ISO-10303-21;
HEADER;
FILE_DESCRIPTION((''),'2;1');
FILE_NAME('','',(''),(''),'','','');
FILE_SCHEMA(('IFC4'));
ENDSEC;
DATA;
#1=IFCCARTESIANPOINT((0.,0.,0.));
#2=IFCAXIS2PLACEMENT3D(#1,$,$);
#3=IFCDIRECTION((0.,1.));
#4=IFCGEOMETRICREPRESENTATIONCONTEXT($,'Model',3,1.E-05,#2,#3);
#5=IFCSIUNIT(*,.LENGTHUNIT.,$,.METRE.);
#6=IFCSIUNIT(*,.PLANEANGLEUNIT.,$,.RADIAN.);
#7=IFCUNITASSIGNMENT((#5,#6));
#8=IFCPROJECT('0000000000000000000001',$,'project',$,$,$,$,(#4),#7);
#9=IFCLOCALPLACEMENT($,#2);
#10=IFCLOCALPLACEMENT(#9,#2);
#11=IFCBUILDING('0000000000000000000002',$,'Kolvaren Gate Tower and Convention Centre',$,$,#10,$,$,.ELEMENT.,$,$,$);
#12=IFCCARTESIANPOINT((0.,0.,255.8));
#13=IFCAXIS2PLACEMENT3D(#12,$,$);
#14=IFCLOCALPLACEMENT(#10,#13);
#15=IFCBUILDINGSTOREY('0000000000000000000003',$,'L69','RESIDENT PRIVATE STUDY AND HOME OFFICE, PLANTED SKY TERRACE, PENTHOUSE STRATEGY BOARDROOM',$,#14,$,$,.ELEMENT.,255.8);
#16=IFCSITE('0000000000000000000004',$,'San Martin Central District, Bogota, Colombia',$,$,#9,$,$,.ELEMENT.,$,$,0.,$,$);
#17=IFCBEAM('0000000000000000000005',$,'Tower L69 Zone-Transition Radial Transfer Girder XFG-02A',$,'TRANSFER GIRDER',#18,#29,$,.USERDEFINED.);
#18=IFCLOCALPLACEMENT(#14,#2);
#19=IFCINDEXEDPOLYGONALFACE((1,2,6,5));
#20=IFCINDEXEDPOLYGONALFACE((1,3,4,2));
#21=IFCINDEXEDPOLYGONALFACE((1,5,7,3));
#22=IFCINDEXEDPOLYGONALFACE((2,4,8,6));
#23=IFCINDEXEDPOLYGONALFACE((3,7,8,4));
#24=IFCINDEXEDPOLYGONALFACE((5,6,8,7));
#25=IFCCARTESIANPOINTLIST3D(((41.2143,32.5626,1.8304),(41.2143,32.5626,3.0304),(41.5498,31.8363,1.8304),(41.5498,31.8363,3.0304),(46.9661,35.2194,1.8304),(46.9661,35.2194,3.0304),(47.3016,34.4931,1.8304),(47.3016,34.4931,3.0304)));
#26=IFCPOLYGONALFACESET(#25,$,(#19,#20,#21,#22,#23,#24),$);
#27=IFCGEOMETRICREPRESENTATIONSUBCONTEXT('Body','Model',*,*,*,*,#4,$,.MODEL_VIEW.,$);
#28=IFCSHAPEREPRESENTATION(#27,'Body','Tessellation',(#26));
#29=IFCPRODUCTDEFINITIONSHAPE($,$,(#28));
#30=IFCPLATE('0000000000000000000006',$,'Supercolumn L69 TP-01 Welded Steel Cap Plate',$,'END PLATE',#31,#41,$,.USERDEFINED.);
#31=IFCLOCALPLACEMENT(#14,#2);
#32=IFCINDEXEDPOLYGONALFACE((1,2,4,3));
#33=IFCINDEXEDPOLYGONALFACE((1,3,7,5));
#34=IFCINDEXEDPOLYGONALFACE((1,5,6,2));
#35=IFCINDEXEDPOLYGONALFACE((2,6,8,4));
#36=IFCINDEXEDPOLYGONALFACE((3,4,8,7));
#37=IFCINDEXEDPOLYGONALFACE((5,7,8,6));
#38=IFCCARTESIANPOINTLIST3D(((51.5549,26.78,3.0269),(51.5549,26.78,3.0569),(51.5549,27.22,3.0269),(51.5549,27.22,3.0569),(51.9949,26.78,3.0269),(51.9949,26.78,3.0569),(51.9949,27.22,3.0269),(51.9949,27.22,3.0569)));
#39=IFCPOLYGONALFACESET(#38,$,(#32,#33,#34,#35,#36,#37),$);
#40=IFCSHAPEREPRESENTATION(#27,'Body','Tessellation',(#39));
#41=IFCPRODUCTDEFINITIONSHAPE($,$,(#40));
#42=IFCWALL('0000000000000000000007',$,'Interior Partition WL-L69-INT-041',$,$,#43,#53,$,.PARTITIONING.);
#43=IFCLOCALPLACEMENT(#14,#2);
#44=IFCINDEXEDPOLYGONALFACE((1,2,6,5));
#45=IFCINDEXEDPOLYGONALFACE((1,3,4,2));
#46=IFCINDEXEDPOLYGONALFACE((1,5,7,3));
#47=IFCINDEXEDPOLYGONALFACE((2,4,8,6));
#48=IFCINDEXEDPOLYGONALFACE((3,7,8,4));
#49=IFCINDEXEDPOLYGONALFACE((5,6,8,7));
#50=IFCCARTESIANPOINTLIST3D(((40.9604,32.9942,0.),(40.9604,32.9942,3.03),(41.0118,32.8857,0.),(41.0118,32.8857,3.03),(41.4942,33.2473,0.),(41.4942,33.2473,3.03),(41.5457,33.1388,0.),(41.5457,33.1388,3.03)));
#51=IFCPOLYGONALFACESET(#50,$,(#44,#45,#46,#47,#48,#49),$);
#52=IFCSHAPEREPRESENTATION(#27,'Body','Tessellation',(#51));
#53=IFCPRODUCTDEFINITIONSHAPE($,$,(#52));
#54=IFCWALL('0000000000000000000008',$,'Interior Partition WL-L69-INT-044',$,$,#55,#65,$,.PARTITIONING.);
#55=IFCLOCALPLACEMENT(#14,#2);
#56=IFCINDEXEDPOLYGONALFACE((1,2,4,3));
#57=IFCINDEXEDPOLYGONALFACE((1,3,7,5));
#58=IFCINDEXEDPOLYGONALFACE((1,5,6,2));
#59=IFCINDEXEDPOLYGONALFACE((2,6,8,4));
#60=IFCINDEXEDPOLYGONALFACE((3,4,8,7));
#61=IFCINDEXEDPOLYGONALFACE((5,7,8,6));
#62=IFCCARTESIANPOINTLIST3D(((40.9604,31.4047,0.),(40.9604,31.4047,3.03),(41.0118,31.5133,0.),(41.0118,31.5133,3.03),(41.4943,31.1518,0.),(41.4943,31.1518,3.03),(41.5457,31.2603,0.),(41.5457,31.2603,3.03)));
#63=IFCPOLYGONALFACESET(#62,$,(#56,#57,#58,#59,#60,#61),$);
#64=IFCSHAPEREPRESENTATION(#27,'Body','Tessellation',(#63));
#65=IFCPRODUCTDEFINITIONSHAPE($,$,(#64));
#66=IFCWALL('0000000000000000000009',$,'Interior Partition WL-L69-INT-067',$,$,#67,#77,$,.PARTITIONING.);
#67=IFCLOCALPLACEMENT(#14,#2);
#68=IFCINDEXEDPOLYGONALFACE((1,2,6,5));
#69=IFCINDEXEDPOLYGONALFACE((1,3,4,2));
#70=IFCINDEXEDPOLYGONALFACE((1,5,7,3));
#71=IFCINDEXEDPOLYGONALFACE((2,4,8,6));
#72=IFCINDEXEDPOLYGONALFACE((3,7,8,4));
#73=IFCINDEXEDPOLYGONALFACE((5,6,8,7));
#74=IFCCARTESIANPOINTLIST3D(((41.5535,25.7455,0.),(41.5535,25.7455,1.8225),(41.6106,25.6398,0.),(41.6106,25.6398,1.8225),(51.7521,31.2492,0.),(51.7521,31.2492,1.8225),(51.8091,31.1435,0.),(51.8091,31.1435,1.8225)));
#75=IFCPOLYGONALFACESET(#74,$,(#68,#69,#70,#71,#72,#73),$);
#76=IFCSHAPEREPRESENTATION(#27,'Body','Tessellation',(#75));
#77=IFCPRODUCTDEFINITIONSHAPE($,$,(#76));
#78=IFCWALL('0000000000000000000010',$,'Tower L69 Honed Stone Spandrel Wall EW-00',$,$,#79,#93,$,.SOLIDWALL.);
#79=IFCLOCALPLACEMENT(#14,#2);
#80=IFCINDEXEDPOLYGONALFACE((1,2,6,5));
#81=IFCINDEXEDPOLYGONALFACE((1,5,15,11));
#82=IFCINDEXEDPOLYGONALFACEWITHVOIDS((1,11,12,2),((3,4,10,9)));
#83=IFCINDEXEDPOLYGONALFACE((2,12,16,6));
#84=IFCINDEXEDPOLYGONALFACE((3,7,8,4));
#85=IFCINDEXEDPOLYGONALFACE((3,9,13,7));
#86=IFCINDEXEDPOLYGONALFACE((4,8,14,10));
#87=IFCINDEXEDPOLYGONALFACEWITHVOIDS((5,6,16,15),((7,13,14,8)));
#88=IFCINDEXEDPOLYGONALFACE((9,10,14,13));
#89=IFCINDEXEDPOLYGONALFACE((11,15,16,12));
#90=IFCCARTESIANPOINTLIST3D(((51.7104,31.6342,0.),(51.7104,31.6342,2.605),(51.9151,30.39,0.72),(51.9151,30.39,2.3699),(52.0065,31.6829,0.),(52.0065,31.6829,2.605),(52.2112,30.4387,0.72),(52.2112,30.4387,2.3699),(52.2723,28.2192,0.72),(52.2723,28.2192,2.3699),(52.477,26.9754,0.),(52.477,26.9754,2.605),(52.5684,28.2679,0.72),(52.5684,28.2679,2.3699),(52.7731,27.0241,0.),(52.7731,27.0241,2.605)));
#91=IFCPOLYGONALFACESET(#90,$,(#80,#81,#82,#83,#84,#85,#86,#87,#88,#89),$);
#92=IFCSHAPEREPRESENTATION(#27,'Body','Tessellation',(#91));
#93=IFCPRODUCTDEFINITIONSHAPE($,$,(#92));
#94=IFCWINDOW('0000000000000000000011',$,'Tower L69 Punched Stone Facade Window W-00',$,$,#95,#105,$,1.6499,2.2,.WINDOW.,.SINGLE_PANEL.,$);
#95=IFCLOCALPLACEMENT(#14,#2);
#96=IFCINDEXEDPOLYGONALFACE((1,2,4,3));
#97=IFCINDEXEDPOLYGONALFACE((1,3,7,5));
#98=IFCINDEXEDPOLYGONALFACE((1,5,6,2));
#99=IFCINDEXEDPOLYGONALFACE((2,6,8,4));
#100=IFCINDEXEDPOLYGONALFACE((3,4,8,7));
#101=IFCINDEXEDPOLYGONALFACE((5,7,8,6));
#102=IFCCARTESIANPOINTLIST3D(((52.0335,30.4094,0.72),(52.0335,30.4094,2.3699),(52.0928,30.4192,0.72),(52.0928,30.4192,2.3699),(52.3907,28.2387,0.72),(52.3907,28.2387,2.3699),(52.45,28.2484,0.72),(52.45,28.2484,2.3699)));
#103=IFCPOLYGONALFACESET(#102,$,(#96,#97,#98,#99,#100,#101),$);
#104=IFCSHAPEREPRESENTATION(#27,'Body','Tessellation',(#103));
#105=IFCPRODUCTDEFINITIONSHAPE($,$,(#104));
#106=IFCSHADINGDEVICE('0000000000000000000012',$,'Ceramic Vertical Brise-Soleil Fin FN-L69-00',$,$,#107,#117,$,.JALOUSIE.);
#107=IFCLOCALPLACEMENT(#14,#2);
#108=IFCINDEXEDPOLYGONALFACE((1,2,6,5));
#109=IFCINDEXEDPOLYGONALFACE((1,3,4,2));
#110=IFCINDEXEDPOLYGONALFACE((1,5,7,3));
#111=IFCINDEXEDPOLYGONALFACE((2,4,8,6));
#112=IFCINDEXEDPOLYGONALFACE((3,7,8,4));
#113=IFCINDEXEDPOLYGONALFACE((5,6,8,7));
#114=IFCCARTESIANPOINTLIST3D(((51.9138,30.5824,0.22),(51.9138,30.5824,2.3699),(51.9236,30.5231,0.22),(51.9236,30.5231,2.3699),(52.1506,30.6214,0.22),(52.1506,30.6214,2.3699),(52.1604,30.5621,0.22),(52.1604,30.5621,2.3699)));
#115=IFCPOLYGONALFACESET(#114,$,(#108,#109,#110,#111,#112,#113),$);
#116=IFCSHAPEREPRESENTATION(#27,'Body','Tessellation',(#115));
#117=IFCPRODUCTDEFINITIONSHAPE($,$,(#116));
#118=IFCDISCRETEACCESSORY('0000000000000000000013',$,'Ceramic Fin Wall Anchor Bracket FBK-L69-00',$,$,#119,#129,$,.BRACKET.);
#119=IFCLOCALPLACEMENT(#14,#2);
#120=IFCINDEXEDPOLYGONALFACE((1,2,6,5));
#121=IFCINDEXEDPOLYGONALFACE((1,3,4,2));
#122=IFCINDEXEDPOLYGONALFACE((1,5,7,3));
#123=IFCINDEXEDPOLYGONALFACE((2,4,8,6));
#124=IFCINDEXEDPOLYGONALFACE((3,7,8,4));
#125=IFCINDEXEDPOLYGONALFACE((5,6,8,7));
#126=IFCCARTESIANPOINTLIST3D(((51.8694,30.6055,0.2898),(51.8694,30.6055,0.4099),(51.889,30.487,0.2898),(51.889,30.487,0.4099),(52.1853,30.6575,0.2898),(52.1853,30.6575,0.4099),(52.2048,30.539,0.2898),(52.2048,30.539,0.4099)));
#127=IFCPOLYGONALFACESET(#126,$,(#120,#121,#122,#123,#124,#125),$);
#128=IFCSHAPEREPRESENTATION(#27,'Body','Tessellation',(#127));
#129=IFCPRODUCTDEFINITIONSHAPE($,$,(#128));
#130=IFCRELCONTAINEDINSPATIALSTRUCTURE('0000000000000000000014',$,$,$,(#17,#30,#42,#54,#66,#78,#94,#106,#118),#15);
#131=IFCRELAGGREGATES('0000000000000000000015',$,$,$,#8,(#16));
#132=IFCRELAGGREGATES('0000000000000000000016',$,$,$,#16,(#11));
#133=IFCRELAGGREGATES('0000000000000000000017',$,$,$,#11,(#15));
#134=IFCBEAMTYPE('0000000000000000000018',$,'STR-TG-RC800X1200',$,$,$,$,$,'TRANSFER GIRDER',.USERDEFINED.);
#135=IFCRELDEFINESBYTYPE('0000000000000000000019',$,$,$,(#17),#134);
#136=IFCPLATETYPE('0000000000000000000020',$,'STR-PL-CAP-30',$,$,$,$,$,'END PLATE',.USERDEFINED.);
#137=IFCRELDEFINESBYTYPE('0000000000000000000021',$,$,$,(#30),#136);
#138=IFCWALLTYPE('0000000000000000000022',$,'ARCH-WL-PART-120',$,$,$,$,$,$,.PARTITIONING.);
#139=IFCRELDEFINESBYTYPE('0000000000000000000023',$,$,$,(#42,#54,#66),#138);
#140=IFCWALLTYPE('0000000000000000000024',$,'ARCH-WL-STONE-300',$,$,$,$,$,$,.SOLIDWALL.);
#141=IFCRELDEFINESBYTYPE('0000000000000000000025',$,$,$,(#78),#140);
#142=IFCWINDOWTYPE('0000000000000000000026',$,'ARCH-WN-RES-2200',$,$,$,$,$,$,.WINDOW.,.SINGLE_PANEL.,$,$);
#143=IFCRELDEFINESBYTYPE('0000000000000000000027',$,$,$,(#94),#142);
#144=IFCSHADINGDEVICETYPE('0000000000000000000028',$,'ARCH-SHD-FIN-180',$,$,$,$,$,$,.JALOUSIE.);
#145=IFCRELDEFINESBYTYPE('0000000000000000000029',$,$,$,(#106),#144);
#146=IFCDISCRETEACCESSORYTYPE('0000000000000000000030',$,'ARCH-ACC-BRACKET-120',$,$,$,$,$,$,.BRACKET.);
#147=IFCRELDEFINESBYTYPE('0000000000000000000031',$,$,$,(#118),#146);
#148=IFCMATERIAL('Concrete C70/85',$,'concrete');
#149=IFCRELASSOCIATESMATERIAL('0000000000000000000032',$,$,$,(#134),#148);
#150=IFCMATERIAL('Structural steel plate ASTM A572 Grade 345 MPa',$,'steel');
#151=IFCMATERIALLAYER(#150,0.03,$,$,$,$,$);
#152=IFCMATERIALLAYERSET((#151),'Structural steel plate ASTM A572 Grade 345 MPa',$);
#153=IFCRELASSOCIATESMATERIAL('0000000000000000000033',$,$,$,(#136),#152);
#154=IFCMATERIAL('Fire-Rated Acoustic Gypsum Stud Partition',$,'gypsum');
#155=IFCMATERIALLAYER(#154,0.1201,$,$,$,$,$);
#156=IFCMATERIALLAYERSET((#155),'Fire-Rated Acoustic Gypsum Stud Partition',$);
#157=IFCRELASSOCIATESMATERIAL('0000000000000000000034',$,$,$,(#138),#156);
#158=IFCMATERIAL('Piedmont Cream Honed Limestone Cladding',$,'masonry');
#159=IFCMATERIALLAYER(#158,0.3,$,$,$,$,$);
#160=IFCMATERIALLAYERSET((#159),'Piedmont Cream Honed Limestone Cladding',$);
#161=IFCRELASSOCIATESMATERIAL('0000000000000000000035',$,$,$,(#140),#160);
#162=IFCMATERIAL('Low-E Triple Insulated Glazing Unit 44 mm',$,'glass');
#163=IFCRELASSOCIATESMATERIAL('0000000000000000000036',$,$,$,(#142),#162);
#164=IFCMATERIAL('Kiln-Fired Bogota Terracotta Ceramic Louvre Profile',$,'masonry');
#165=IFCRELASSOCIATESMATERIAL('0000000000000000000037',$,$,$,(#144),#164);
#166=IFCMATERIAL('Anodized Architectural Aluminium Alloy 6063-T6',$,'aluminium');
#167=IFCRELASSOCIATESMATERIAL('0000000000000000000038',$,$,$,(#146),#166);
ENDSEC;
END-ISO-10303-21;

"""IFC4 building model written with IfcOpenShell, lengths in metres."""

from ifc_helpers import new_model, si_unit, direction, frame, frame_2d, origin, origin_2d, place, context, subcontext, project, spatial, rectangle, extrude, material, layer, layer_set, material_profile, profile_set, type_object, element, fill, save


model = new_model("IFC4")

# Units and contexts
model_context = context("Model", 3, precision=1e-05, world=origin(), true_north=direction((0.0, 1.0)))
body_context = subcontext(model_context, "Body", "Model", "MODEL_VIEW")
ifc_project = project(units=[si_unit("LENGTHUNIT", "METRE"), si_unit("PLANEANGLEUNIT", "RADIAN")], contexts=[model_context])

# Site, building, storey
site_placement = place(None, origin())
site = spatial("IfcSite", under=ifc_project, at=site_placement, Name="San Martin Central District, Bogota, Colombia", CompositionType="ELEMENT", RefElevation=0.0)
building_placement = place(site_placement, origin())
building = spatial("IfcBuilding", under=site, at=building_placement, Name="Kolvaren Gate Tower and Convention Centre", CompositionType="ELEMENT")
storey_placement = place(building_placement, frame((0.0, 0.0, 255.8)))
storey = spatial("IfcBuildingStorey", under=building, at=storey_placement, Name="L69", Description="RESIDENT PRIVATE STUDY AND HOME OFFICE, PLANTED SKY TERRACE, PENTHOUSE STRATEGY BOARDROOM", CompositionType="ELEMENT", Elevation=255.8)

# Beam
ifc_material_1 = material(Name="Concrete C70/85", Category="concrete")
ifc_material_profile_1 = material_profile(ifc_material_1, rectangle(XDim=0.8, YDim=1.2, at=origin_2d()), Name="RC-BM-800X1200")
ifc_profile_set_1 = profile_set([ifc_material_profile_1], Name="Concrete C70/85")
beam_type_1 = type_object("IfcBeamType", Name="STR-TG-RC800X1200", ElementType="TRANSFER GIRDER", PredefinedType="USERDEFINED", material=ifc_profile_set_1)
beam_1_placement = place(storey_placement, frame((41.3821, 32.1995, 2.4304), z_axis=(0.907833, 0.419332, 0.0), x_axis=(-0.419332, 0.907833, 0.0)))
element("IfcBeam", 1, at=beam_1_placement, inside=storey, type_object=beam_type_1, Name="Tower L69 Zone-Transition Radial Transfer Girder XFG-02A", ObjectType="TRANSFER GIRDER", PredefinedType="USERDEFINED", context=body_context, shape_type="SweptSolid", body=[
    extrude(rectangle(XDim=0.8, YDim=1.2, at=origin_2d()), origin(), (0.0, 0.0, 1.0), 6.3357),
])

# Plate
ifc_material_2 = material(Name="Structural steel plate ASTM A572 Grade 345 MPa", Category="steel")
ifc_layer_1 = layer(ifc_material_2, 0.03)
ifc_layer_set_1 = layer_set([ifc_layer_1], Name="Structural steel plate ASTM A572 Grade 345 MPa")
plate_type = type_object("IfcPlateType", Name="STR-PL-CAP-30", ElementType="END PLATE", PredefinedType="USERDEFINED", material=ifc_layer_set_1)
plate_placement = place(storey_placement, frame((51.7749, 27.0, 3.0269), z_axis=(0.0, 0.0, 1.0), x_axis=(1.0, 0.0, 0.0)))
element("IfcPlate", 2, at=plate_placement, inside=storey, type_object=plate_type, Name="Supercolumn L69 TP-01 Welded Steel Cap Plate", ObjectType="END PLATE", PredefinedType="USERDEFINED", context=body_context, shape_type="SweptSolid", body=[
    extrude(rectangle(XDim=0.4399, YDim=0.4399, at=origin_2d()), origin(), (0.0, 0.0, 1.0), 0.03),
])

# Walls
ifc_material_3 = material(Name="Fire-Rated Acoustic Gypsum Stud Partition", Category="gypsum")
ifc_layer_2 = layer(ifc_material_3, 0.1201)
ifc_layer_set_2 = layer_set([ifc_layer_2], Name="Fire-Rated Acoustic Gypsum Stud Partition")
wall_type_1 = type_object("IfcWallType", Name="ARCH-WL-PART-120", PredefinedType="PARTITIONING", material=ifc_layer_set_2)
for number, where, z_axis, x_axis, name in (
    (3, (40.9861, 32.9399, 0.0), (0.0, 0.0, 1.0), (0.90357, 0.428442, 0.0), "Interior Partition WL-L69-INT-041"),
    (4, (40.9861, 31.459, 0.0), (0.0, 0.0, 1.0), (0.903729, -0.428104, 0.0), "Interior Partition WL-L69-INT-044"),
):
    element("IfcWall", number, at=place(storey_placement, frame(where, z_axis=z_axis, x_axis=x_axis)), inside=storey, type_object=wall_type_1, Name=name, PredefinedType="PARTITIONING", context=body_context, shape_type="SweptSolid", body=[
        extrude(rectangle(XDim=0.5908, YDim=0.1201, at=frame_2d((0.2954, 0.0))), origin(), (0.0, 0.0, 1.0), 3.03),
    ])
wall_1_placement = place(storey_placement, frame((41.582, 25.6926, 0.0), z_axis=(0.0, 0.0, 1.0), x_axis=(0.880032, 0.474914, 0.0)))
element("IfcWall", 5, at=wall_1_placement, inside=storey, type_object=wall_type_1, Name="Interior Partition WL-L69-INT-067", PredefinedType="PARTITIONING", context=body_context, shape_type="SweptSolid", body=[
    extrude(rectangle(XDim=11.5889, YDim=0.1201, at=frame_2d((5.7944, 0.0))), origin(), (0.0, 0.0, 1.0), 1.8225),
])

# Wall, opening, window
ifc_material_4 = material(Name="Piedmont Cream Honed Limestone Cladding", Category="masonry")
ifc_layer_3 = layer(ifc_material_4, 0.3)
ifc_layer_set_3 = layer_set([ifc_layer_3], Name="Piedmont Cream Honed Limestone Cladding")
wall_type_2 = type_object("IfcWallType", Name="ARCH-WL-STONE-300", PredefinedType="SOLIDWALL", material=ifc_layer_set_3)
wall_2_placement = place(storey_placement, frame((51.8584, 31.6587, 0.0), z_axis=(0.0, 0.0, 1.0), x_axis=(0.162369, -0.98673, 0.0)))
wall_2 = element("IfcWall", 6, at=wall_2_placement, inside=storey, type_object=wall_type_2, Name="Tower L69 Honed Stone Spandrel Wall EW-00", PredefinedType="SOLIDWALL", context=body_context, shape_type="SweptSolid", body=[
    extrude(rectangle(XDim=4.7214, YDim=0.3, at=frame_2d((2.3608, 0.0))), origin(), (0.0, 0.0, 1.0), 2.605),
])
opening_placement = place(wall_2_placement, frame((1.261, 0.0, 0.72)))
opening = element("IfcOpeningElement", 7, at=opening_placement, cuts=wall_2, PredefinedType="OPENING", context=body_context, shape_type="SweptSolid", body=[
    extrude(rectangle(XDim=2.2, YDim=1.6499, at=frame_2d((1.1001, 0.825))), frame((0.0, 0.1599, 0.0), z_axis=(0.0, -1.0, 0.0), x_axis=(1.0, 0.0, 0.0)), (0.0, 0.0, 1.0), 0.3201),
])
ifc_material_5 = material(Name="Low-E Triple Insulated Glazing Unit 44 mm", Category="glass")
window_type = type_object("IfcWindowType", Name="ARCH-WN-RES-2200", PartitioningType="SINGLE_PANEL", PredefinedType="WINDOW", material=ifc_material_5)
window_placement = place(opening_placement, origin())
window = element("IfcWindow", 8, at=window_placement, inside=storey, type_object=window_type, Name="Tower L69 Punched Stone Facade Window W-00", OverallHeight=1.6499, OverallWidth=2.2, PartitioningType="SINGLE_PANEL", PredefinedType="WINDOW", context=body_context, shape_type="SweptSolid", body=[
    extrude(rectangle(XDim=2.2, YDim=1.6499, at=frame_2d((1.1001, 0.825))), frame((0.0, 0.03, 0.0), z_axis=(0.0, -1.0, 0.0), x_axis=(1.0, 0.0, 0.0)), (0.0, 0.0, 1.0), 0.0601),
])
fill(opening, window)

# Shading device
ifc_material_6 = material(Name="Kiln-Fired Bogota Terracotta Ceramic Louvre Profile", Category="masonry")
shading_device_type = type_object("IfcShadingDeviceType", Name="ARCH-SHD-FIN-180", PredefinedType="JALOUSIE", material=ifc_material_6)
shading_device_placement = place(storey_placement, frame((52.0371, 30.5723, 0.22), z_axis=(0.0, 0.0, 1.0), x_axis=(0.162389, -0.986727, 0.0)))
element("IfcShadingDevice", 9, at=shading_device_placement, inside=storey, type_object=shading_device_type, Name="Ceramic Vertical Brise-Soleil Fin FN-L69-00", PredefinedType="JALOUSIE", context=body_context, shape_type="SweptSolid", body=[
    extrude(rectangle(XDim=0.0601, YDim=0.24, at=origin_2d()), origin(), (0.0, 0.0, 1.0), 2.1499),
])

# Discrete accessory
ifc_material_7 = material(Name="Anodized Architectural Aluminium Alloy 6063-T6", Category="aluminium")
discrete_accessory_type = type_object("IfcDiscreteAccessoryType", Name="ARCH-ACC-BRACKET-120", PredefinedType="BRACKET", material=ifc_material_7)
discrete_accessory_placement = place(storey_placement, frame((52.0371, 30.5723, 0.2898), z_axis=(0.0, 0.0, 1.0), x_axis=(0.162389, -0.986727, 0.0)))
element("IfcDiscreteAccessory", 10, at=discrete_accessory_placement, inside=storey, type_object=discrete_accessory_type, Name="Ceramic Fin Wall Anchor Bracket FBK-L69-00", PredefinedType="BRACKET", context=body_context, shape_type="SweptSolid", body=[
    extrude(rectangle(XDim=0.1201, YDim=0.3201, at=origin_2d()), origin(), (0.0, 0.0, 1.0), 0.1201),
])

save(model, "model.ifc")
